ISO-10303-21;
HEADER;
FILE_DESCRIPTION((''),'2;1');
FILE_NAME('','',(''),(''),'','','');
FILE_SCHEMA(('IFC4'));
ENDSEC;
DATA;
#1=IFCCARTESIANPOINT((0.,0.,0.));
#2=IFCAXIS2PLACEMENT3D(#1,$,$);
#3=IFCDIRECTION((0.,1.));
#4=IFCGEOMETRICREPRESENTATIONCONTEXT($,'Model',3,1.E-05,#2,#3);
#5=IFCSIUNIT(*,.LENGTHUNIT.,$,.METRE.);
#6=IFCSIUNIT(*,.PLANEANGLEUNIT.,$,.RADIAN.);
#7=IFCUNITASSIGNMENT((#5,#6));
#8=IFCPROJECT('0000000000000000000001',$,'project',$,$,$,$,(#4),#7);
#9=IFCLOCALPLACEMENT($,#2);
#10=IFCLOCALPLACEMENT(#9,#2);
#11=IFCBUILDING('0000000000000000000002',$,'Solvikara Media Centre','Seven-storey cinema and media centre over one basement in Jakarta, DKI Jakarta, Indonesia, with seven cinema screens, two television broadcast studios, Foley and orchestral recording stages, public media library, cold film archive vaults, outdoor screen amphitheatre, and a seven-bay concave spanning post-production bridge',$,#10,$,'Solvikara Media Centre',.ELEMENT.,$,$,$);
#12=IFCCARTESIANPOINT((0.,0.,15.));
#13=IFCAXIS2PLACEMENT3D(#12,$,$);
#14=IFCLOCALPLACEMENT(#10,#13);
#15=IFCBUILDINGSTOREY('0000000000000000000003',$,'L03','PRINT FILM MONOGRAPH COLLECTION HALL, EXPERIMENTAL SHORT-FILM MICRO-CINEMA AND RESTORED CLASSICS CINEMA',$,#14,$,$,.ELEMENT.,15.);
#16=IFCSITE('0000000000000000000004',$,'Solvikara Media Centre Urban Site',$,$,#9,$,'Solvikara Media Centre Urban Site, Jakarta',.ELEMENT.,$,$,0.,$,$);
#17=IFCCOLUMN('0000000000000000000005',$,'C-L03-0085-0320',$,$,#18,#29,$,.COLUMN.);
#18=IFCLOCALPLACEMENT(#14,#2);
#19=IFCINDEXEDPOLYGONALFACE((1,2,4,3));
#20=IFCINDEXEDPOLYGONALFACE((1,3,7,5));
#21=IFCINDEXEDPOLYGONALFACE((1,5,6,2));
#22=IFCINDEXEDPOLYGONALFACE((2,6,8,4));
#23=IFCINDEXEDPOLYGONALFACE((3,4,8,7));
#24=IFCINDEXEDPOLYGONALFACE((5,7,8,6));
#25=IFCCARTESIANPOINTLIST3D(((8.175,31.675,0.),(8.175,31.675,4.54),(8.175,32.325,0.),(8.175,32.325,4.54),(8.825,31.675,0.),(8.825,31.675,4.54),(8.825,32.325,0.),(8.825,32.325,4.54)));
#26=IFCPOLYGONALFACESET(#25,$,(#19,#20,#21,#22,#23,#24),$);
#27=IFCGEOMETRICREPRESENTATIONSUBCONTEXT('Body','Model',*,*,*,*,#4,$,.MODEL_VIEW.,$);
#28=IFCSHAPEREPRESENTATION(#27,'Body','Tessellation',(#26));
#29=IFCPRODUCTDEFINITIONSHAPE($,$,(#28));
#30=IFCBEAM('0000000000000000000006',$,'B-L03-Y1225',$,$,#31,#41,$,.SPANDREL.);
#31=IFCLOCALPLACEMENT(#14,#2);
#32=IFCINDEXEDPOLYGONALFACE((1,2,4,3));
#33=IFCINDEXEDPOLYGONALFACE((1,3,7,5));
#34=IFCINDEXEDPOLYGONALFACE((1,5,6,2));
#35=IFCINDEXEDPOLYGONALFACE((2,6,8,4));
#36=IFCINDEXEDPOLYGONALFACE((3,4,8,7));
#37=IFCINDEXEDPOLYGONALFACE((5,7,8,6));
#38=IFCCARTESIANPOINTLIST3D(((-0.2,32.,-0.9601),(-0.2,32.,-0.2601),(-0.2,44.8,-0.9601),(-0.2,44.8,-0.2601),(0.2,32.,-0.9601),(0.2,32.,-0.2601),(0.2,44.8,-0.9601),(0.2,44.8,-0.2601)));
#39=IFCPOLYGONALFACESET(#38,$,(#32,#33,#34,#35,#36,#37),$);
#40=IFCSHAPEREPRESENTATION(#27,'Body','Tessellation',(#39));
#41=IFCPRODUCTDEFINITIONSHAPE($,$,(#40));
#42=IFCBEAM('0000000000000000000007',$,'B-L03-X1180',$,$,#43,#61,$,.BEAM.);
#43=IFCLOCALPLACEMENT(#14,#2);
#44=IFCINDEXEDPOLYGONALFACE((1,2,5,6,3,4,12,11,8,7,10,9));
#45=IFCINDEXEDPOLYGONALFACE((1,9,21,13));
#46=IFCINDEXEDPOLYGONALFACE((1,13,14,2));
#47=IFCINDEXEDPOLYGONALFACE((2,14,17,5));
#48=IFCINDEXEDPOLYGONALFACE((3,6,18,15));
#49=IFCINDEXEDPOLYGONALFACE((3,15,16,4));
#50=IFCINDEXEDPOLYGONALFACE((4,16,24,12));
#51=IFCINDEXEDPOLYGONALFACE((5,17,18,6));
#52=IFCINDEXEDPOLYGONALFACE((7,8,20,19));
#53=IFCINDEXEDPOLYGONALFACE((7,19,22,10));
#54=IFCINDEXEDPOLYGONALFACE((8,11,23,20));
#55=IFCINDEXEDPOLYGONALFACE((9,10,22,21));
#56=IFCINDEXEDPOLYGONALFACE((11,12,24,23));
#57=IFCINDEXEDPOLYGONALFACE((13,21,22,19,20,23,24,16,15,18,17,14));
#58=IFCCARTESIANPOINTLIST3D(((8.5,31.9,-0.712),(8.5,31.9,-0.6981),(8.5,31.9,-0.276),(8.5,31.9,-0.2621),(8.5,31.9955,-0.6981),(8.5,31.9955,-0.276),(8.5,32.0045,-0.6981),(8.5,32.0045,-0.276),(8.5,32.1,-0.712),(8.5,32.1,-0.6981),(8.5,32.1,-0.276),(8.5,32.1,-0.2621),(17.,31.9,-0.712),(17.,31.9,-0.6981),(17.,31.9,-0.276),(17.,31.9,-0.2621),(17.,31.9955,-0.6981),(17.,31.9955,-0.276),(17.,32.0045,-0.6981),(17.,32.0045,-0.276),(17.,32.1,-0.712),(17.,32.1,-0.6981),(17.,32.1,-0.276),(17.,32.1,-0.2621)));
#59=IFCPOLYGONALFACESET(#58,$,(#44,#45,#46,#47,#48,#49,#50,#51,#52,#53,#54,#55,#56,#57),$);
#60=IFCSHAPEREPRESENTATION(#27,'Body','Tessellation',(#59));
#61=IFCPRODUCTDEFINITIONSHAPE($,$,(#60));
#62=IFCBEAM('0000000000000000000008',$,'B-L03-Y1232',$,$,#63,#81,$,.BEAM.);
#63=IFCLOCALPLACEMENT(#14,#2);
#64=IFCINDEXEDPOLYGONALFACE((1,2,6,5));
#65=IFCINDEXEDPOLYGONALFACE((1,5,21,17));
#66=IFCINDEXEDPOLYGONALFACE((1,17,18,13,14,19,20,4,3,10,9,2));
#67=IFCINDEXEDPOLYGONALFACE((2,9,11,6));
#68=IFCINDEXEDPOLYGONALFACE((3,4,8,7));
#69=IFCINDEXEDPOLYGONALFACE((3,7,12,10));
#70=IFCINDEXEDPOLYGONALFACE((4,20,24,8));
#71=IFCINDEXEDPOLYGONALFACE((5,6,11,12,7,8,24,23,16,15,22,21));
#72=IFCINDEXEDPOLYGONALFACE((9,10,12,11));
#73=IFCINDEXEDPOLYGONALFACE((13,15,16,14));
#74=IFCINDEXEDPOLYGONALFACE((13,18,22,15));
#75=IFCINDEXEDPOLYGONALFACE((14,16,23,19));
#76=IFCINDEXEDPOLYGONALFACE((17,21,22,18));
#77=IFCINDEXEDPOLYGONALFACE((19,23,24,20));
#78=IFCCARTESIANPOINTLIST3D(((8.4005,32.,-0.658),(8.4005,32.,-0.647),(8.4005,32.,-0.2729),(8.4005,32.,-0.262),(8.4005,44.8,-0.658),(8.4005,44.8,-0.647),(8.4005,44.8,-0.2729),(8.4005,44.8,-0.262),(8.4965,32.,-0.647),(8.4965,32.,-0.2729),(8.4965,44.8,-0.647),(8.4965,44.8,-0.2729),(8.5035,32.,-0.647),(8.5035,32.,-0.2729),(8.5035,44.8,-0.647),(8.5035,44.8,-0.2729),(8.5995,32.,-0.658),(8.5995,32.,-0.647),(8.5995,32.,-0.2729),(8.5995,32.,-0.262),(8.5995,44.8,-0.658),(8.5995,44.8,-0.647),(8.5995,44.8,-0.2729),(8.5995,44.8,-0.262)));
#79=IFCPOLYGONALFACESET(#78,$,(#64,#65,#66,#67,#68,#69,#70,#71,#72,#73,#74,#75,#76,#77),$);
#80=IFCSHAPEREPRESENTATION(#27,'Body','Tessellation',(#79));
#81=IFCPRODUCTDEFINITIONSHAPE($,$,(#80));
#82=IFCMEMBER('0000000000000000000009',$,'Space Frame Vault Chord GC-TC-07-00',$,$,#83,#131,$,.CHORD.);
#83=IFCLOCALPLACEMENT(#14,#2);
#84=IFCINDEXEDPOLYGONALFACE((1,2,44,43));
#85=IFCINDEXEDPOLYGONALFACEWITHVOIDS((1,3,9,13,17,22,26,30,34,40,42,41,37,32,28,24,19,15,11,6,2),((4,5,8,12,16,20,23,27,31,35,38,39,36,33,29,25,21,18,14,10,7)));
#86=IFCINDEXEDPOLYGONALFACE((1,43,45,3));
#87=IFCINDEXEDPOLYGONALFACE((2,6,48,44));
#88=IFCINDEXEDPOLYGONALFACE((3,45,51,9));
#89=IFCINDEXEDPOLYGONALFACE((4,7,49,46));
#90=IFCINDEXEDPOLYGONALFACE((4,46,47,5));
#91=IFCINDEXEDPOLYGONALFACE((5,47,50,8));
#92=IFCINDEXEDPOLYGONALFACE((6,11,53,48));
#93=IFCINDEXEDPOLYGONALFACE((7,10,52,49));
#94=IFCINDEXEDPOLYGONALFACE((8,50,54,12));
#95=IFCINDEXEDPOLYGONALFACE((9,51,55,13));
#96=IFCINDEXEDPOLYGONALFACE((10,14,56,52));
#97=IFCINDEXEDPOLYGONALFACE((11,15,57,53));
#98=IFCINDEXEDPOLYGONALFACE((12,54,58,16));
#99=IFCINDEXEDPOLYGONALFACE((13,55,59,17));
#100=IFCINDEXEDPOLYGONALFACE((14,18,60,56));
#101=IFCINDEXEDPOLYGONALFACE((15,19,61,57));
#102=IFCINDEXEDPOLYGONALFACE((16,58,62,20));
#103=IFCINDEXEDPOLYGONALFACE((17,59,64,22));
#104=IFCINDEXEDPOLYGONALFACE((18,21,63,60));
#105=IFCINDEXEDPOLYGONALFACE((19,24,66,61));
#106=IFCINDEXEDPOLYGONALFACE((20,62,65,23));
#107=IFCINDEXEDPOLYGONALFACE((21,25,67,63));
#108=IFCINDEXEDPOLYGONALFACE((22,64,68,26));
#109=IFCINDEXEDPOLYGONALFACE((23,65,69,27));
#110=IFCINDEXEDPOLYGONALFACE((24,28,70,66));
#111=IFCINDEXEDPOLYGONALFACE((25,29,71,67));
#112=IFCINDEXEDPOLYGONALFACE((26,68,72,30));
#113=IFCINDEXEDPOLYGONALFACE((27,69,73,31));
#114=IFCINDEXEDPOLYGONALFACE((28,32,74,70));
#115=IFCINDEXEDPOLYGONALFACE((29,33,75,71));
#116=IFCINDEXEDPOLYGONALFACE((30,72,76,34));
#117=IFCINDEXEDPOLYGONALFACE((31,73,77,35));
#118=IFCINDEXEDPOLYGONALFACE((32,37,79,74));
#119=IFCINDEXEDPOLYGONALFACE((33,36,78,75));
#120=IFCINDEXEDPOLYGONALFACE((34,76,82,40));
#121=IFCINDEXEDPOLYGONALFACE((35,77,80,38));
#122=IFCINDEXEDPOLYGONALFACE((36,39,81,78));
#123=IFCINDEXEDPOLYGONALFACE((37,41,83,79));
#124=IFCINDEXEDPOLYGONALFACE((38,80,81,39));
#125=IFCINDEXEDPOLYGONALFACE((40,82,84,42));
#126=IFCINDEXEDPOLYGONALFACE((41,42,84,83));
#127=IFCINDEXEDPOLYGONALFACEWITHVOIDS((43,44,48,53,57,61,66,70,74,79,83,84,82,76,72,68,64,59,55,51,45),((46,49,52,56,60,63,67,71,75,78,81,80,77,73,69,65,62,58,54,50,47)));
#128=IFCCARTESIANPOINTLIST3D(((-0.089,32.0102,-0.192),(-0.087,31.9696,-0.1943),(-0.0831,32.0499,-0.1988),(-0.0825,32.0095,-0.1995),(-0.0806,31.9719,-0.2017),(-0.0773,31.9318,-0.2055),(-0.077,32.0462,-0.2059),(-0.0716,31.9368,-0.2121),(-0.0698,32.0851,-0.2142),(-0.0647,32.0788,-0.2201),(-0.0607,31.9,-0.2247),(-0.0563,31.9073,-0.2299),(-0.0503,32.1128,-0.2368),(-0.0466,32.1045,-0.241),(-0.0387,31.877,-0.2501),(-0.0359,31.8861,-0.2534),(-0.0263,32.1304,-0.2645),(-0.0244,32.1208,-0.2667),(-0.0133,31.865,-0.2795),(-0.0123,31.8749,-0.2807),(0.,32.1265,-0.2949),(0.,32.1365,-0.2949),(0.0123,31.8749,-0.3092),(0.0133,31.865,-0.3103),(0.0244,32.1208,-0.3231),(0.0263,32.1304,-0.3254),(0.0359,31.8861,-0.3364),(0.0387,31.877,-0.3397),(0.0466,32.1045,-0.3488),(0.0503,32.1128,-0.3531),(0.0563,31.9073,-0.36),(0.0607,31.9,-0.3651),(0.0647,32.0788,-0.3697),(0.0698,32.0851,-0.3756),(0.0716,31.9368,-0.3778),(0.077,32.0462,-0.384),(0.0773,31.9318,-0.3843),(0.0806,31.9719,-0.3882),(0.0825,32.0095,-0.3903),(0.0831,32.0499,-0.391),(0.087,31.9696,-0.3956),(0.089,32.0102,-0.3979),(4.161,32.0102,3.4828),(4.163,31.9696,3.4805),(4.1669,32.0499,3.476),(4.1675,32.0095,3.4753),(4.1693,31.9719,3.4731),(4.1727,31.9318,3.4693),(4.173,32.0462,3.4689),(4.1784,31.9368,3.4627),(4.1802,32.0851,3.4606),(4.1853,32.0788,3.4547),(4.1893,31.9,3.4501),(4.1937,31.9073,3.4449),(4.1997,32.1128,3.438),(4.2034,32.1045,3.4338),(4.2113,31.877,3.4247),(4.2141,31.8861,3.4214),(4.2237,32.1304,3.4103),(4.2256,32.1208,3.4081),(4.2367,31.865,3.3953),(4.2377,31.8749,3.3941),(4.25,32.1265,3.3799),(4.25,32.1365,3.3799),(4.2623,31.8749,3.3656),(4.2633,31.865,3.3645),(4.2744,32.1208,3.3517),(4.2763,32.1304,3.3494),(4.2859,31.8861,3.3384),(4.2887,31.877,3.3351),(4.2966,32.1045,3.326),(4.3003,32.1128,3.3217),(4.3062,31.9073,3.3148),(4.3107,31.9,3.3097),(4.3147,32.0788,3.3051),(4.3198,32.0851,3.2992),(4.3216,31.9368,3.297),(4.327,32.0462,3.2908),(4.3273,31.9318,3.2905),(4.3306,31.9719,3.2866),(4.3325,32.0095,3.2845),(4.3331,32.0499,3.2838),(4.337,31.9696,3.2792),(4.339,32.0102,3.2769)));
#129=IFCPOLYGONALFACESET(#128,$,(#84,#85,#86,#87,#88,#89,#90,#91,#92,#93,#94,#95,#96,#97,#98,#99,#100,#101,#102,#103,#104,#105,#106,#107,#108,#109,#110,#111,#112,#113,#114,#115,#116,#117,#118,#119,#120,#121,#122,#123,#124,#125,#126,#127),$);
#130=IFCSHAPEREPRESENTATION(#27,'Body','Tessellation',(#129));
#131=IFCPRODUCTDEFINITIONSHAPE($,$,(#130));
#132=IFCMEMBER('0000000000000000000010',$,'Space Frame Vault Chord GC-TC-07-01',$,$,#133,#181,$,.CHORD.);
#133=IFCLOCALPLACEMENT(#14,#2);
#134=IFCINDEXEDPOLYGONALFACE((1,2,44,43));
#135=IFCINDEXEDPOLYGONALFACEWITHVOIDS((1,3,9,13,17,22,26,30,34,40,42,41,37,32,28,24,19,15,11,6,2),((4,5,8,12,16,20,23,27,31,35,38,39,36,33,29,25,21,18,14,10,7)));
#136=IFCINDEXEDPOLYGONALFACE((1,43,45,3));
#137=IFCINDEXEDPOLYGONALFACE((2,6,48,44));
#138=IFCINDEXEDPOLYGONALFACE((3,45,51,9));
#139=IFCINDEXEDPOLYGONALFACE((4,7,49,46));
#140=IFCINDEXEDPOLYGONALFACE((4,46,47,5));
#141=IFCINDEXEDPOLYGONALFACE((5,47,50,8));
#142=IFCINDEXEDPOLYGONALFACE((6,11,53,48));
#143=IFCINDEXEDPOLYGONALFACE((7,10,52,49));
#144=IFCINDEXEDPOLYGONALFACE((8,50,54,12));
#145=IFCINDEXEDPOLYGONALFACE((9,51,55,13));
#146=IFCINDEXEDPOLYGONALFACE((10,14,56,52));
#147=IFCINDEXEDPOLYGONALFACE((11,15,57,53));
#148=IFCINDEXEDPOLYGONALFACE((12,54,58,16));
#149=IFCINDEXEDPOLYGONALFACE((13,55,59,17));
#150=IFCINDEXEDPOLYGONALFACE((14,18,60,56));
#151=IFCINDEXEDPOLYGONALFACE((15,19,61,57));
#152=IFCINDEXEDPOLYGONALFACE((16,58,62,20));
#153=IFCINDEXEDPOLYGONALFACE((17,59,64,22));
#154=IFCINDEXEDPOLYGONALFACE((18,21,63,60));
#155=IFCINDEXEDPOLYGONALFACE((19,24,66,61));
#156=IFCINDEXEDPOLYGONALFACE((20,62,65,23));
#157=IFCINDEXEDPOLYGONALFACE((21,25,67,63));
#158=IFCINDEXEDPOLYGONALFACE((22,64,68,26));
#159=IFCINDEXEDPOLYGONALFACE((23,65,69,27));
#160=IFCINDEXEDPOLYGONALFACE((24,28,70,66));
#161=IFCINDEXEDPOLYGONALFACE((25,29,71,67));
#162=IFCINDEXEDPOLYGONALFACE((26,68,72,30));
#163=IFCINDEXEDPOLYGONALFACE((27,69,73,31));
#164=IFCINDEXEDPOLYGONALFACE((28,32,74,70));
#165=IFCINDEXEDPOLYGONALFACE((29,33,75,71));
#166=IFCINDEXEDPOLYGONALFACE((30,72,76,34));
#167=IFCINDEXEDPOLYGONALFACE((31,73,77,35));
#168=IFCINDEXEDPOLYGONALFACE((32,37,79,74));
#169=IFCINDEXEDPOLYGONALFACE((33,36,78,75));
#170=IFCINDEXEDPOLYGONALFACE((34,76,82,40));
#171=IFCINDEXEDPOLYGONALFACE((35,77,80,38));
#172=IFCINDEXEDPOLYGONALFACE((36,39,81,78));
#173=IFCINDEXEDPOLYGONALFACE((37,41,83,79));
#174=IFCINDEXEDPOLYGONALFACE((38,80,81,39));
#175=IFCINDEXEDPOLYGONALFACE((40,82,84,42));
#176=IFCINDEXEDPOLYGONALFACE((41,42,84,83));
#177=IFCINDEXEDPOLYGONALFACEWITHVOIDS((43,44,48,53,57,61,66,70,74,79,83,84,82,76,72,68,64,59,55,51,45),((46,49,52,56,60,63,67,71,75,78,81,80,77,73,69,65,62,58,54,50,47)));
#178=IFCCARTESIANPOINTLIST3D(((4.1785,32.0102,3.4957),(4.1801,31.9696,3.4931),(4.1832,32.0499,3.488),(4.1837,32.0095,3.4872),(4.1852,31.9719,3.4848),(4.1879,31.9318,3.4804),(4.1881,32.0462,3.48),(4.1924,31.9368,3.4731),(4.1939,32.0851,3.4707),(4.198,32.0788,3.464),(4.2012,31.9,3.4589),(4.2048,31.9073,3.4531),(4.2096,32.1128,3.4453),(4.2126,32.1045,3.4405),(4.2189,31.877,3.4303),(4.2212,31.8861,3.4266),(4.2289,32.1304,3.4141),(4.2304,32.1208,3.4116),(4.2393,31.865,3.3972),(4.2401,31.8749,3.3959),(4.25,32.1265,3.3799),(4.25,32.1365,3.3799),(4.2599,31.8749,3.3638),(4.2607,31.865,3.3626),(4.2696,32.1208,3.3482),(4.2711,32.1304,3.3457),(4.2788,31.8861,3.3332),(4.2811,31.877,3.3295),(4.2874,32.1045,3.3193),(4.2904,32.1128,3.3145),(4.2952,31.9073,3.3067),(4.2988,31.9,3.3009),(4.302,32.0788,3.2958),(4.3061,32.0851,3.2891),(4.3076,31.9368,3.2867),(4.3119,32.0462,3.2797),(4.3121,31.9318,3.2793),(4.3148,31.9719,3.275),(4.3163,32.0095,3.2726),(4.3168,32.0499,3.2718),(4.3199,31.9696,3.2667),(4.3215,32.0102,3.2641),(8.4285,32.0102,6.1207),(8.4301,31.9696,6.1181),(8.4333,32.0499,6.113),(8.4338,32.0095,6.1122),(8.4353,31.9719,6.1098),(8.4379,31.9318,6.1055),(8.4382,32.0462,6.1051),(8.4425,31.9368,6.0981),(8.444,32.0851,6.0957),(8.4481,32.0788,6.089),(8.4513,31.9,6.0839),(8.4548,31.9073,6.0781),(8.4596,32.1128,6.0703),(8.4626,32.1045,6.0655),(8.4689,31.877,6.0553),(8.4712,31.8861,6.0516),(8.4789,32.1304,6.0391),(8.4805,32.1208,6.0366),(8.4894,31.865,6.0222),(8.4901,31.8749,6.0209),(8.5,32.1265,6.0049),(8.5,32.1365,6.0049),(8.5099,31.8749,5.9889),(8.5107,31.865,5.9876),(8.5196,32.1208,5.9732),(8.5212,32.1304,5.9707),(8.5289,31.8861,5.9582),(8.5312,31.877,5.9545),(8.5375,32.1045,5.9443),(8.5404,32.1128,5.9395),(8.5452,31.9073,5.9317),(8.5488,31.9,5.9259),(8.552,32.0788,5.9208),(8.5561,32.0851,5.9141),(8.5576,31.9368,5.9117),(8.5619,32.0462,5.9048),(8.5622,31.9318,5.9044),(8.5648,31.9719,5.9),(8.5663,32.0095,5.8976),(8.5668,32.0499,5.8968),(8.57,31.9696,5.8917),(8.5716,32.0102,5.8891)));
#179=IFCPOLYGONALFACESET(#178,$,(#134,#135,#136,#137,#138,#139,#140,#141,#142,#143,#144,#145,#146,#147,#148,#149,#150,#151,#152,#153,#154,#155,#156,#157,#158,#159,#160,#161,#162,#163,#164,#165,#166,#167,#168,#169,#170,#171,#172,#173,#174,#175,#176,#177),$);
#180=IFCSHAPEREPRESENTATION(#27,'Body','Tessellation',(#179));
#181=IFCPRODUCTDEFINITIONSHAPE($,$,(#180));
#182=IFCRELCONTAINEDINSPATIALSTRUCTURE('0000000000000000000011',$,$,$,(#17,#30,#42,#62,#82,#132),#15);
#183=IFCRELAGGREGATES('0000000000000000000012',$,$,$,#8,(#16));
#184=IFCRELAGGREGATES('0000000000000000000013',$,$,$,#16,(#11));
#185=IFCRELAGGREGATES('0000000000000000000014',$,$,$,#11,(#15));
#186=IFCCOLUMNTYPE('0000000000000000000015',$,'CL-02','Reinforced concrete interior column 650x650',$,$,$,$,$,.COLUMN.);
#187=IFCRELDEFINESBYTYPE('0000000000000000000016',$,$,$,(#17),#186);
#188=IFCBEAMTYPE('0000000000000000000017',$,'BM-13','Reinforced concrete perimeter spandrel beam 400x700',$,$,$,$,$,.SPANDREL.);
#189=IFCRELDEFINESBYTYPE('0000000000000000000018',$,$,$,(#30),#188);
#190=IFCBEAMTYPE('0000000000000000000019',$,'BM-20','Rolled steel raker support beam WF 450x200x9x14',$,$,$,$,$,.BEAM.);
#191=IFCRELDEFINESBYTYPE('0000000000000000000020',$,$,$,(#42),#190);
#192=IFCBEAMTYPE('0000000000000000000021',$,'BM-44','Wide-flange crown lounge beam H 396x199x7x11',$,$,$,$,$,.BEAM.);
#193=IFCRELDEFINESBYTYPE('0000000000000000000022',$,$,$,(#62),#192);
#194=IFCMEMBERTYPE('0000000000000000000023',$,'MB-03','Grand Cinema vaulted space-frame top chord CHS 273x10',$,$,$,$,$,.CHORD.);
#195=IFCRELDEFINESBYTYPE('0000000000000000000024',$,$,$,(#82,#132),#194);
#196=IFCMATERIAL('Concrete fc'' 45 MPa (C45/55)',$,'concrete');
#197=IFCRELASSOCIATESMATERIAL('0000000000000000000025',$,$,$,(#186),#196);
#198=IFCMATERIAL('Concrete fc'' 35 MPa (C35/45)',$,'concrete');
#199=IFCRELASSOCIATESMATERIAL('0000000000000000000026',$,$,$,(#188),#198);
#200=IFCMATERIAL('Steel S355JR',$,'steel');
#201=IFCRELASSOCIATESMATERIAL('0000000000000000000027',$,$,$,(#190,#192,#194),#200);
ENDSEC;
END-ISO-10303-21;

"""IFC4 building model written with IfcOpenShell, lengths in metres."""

from ifc_helpers import new_model, si_unit, direction, frame, origin, origin_2d, place, context, subcontext, project, spatial, rectangle, hollow_circle, i_section, extrude, material, material_profile, profile_set, type_object, element, save


model = new_model("IFC4")

# Units and contexts
model_context = context("Model", 3, precision=1e-05, world=origin(), true_north=direction((0.0, 1.0)))
body_context = subcontext(model_context, "Body", "Model", "MODEL_VIEW")
ifc_project = project(units=[si_unit("LENGTHUNIT", "METRE"), si_unit("PLANEANGLEUNIT", "RADIAN")], contexts=[model_context])

# Site, building, storey
site_placement = place(None, origin())
site = spatial("IfcSite", under=ifc_project, at=site_placement, Name="Solvikara Media Centre Urban Site", LongName="Solvikara Media Centre Urban Site, Jakarta", CompositionType="ELEMENT", RefElevation=0.0)
building_placement = place(site_placement, origin())
building = spatial("IfcBuilding", under=site, at=building_placement, Name="Solvikara Media Centre", Description="Seven-storey cinema and media centre over one basement in Jakarta, DKI Jakarta, Indonesia, with seven cinema screens, two television broadcast studios, Foley and orchestral recording stages, public media library, cold film archive vaults, outdoor screen amphitheatre, and a seven-bay concave spanning post-production bridge", LongName="Solvikara Media Centre", CompositionType="ELEMENT")
storey_placement = place(building_placement, frame((0.0, 0.0, 15.0)))
storey = spatial("IfcBuildingStorey", under=building, at=storey_placement, Name="L03", Description="PRINT FILM MONOGRAPH COLLECTION HALL, EXPERIMENTAL SHORT-FILM MICRO-CINEMA AND RESTORED CLASSICS CINEMA", CompositionType="ELEMENT", Elevation=15.0)

# Column
ifc_material_1 = material(Name="Concrete fc' 45 MPa (C45/55)", Category="concrete")
ifc_material_profile_1 = material_profile(ifc_material_1, rectangle(XDim=0.6499, YDim=0.6499, at=origin_2d()), Name="RC 650x650")
ifc_profile_set_1 = profile_set([ifc_material_profile_1], Name="Concrete fc' 45 MPa (C45/55)")
column_type = type_object("IfcColumnType", Name="CL-02", Description="Reinforced concrete interior column 650x650", PredefinedType="COLUMN", material=ifc_profile_set_1)
column_placement = place(storey_placement, frame((8.5, 32.0, 0.0), z_axis=(0.0, 0.0, 1.0), x_axis=(1.0, 0.0, 0.0)))
element("IfcColumn", 1, at=column_placement, inside=storey, type_object=column_type, Name="C-L03-0085-0320", PredefinedType="COLUMN", context=body_context, shape_type="SweptSolid", body=[
    extrude(rectangle(XDim=0.6499, YDim=0.6499, at=origin_2d()), origin(), (0.0, 0.0, 1.0), 4.54),
])

# Beams
ifc_material_2 = material(Name="Concrete fc' 35 MPa (C35/45)", Category="concrete")
ifc_material_profile_2 = material_profile(ifc_material_2, rectangle(XDim=0.3999, YDim=0.7, at=origin_2d()), Name="RC 400x700")
ifc_profile_set_2 = profile_set([ifc_material_profile_2], Name="Concrete fc' 35 MPa (C35/45)")
beam_type_1 = type_object("IfcBeamType", Name="BM-13", Description="Reinforced concrete perimeter spandrel beam 400x700", PredefinedType="SPANDREL", material=ifc_profile_set_2)
beam_1_placement = place(storey_placement, frame((0.0, 32.0, -0.6101), z_axis=(0.0, 1.0, 0.0), x_axis=(-1.0, 0.0, 0.0)))
element("IfcBeam", 2, at=beam_1_placement, inside=storey, type_object=beam_type_1, Name="B-L03-Y1225", PredefinedType="SPANDREL", context=body_context, shape_type="SweptSolid", body=[
    extrude(rectangle(XDim=0.3999, YDim=0.7, at=origin_2d()), origin(), (0.0, 0.0, 1.0), 12.8),
])
ifc_material_3 = material(Name="Steel S355JR", Category="steel")
ifc_material_profile_3 = material_profile(ifc_material_3, i_section(OverallWidth=0.2, OverallDepth=0.45, WebThickness=0.009, FlangeThickness=0.0139, at=origin_2d()), Name="WF 450x200x9x14")
ifc_profile_set_3 = profile_set([ifc_material_profile_3], Name="Steel S355JR")
beam_type_2 = type_object("IfcBeamType", Name="BM-20", Description="Rolled steel raker support beam WF 450x200x9x14", PredefinedType="BEAM", material=ifc_profile_set_3)
beam_2_placement = place(storey_placement, frame((8.5, 32.0, -0.4871), z_axis=(1.0, 0.0, 0.0), x_axis=(0.0, 1.0, 0.0)))
element("IfcBeam", 3, at=beam_2_placement, inside=storey, type_object=beam_type_2, Name="B-L03-X1180", PredefinedType="BEAM", context=body_context, shape_type="SweptSolid", body=[
    extrude(i_section(OverallWidth=0.2, OverallDepth=0.45, WebThickness=0.009, FlangeThickness=0.0139, at=origin_2d()), origin(), (0.0, 0.0, 1.0), 8.5),
])
ifc_material_profile_4 = material_profile(ifc_material_3, i_section(OverallWidth=0.199, OverallDepth=0.396, WebThickness=0.0071, FlangeThickness=0.011, at=origin_2d()), Name="H 396x199x7x11")
ifc_profile_set_4 = profile_set([ifc_material_profile_4], Name="Steel S355JR")
beam_type_3 = type_object("IfcBeamType", Name="BM-44", Description="Wide-flange crown lounge beam H 396x199x7x11", PredefinedType="BEAM", material=ifc_profile_set_4)
beam_3_placement = place(storey_placement, frame((8.5, 32.0, -0.46), z_axis=(0.0, 1.0, 0.0), x_axis=(-1.0, 0.0, 0.0)))
element("IfcBeam", 4, at=beam_3_placement, inside=storey, type_object=beam_type_3, Name="B-L03-Y1232", PredefinedType="BEAM", context=body_context, shape_type="SweptSolid", body=[
    extrude(i_section(OverallWidth=0.199, OverallDepth=0.396, WebThickness=0.0071, FlangeThickness=0.011, at=origin_2d()), origin(), (0.0, 0.0, 1.0), 12.8),
])

# Members
ifc_material_profile_5 = material_profile(ifc_material_3, hollow_circle(Radius=0.1365, WallThickness=0.01, at=origin_2d()), Name="CHS 273x10")
ifc_profile_set_5 = profile_set([ifc_material_profile_5], Name="Steel S355JR")
member_type_1 = type_object("IfcMemberType", Name="MB-03", Description="Grand Cinema vaulted space-frame top chord CHS 273x10", PredefinedType="CHORD", material=ifc_profile_set_5)
member_1_placement = place(storey_placement, frame((0.0, 32.0, -0.2949), z_axis=(0.75644, 0.0, 0.654063), x_axis=(0.0, 1.0, 0.0)))
element("IfcMember", 5, at=member_1_placement, inside=storey, type_object=member_type_1, Name="Space Frame Vault Chord GC-TC-07-00", PredefinedType="CHORD", context=body_context, shape_type="SweptSolid", body=[
    extrude(hollow_circle(Radius=0.1365, WallThickness=0.01, at=origin_2d()), origin(), (0.0, 0.0, 1.0), 5.6184),
])
member_2_placement = place(storey_placement, frame((4.25, 32.0, 3.3799), z_axis=(0.850798, 0.0, 0.525493), x_axis=(0.0, 1.0, 0.0)))
element("IfcMember", 6, at=member_2_placement, inside=storey, type_object=member_type_1, Name="Space Frame Vault Chord GC-TC-07-01", PredefinedType="CHORD", context=body_context, shape_type="SweptSolid", body=[
    extrude(hollow_circle(Radius=0.1365, WallThickness=0.01, at=origin_2d()), origin(), (0.0, 0.0, 1.0), 4.9954),
])

save(model, "model.ifc")
